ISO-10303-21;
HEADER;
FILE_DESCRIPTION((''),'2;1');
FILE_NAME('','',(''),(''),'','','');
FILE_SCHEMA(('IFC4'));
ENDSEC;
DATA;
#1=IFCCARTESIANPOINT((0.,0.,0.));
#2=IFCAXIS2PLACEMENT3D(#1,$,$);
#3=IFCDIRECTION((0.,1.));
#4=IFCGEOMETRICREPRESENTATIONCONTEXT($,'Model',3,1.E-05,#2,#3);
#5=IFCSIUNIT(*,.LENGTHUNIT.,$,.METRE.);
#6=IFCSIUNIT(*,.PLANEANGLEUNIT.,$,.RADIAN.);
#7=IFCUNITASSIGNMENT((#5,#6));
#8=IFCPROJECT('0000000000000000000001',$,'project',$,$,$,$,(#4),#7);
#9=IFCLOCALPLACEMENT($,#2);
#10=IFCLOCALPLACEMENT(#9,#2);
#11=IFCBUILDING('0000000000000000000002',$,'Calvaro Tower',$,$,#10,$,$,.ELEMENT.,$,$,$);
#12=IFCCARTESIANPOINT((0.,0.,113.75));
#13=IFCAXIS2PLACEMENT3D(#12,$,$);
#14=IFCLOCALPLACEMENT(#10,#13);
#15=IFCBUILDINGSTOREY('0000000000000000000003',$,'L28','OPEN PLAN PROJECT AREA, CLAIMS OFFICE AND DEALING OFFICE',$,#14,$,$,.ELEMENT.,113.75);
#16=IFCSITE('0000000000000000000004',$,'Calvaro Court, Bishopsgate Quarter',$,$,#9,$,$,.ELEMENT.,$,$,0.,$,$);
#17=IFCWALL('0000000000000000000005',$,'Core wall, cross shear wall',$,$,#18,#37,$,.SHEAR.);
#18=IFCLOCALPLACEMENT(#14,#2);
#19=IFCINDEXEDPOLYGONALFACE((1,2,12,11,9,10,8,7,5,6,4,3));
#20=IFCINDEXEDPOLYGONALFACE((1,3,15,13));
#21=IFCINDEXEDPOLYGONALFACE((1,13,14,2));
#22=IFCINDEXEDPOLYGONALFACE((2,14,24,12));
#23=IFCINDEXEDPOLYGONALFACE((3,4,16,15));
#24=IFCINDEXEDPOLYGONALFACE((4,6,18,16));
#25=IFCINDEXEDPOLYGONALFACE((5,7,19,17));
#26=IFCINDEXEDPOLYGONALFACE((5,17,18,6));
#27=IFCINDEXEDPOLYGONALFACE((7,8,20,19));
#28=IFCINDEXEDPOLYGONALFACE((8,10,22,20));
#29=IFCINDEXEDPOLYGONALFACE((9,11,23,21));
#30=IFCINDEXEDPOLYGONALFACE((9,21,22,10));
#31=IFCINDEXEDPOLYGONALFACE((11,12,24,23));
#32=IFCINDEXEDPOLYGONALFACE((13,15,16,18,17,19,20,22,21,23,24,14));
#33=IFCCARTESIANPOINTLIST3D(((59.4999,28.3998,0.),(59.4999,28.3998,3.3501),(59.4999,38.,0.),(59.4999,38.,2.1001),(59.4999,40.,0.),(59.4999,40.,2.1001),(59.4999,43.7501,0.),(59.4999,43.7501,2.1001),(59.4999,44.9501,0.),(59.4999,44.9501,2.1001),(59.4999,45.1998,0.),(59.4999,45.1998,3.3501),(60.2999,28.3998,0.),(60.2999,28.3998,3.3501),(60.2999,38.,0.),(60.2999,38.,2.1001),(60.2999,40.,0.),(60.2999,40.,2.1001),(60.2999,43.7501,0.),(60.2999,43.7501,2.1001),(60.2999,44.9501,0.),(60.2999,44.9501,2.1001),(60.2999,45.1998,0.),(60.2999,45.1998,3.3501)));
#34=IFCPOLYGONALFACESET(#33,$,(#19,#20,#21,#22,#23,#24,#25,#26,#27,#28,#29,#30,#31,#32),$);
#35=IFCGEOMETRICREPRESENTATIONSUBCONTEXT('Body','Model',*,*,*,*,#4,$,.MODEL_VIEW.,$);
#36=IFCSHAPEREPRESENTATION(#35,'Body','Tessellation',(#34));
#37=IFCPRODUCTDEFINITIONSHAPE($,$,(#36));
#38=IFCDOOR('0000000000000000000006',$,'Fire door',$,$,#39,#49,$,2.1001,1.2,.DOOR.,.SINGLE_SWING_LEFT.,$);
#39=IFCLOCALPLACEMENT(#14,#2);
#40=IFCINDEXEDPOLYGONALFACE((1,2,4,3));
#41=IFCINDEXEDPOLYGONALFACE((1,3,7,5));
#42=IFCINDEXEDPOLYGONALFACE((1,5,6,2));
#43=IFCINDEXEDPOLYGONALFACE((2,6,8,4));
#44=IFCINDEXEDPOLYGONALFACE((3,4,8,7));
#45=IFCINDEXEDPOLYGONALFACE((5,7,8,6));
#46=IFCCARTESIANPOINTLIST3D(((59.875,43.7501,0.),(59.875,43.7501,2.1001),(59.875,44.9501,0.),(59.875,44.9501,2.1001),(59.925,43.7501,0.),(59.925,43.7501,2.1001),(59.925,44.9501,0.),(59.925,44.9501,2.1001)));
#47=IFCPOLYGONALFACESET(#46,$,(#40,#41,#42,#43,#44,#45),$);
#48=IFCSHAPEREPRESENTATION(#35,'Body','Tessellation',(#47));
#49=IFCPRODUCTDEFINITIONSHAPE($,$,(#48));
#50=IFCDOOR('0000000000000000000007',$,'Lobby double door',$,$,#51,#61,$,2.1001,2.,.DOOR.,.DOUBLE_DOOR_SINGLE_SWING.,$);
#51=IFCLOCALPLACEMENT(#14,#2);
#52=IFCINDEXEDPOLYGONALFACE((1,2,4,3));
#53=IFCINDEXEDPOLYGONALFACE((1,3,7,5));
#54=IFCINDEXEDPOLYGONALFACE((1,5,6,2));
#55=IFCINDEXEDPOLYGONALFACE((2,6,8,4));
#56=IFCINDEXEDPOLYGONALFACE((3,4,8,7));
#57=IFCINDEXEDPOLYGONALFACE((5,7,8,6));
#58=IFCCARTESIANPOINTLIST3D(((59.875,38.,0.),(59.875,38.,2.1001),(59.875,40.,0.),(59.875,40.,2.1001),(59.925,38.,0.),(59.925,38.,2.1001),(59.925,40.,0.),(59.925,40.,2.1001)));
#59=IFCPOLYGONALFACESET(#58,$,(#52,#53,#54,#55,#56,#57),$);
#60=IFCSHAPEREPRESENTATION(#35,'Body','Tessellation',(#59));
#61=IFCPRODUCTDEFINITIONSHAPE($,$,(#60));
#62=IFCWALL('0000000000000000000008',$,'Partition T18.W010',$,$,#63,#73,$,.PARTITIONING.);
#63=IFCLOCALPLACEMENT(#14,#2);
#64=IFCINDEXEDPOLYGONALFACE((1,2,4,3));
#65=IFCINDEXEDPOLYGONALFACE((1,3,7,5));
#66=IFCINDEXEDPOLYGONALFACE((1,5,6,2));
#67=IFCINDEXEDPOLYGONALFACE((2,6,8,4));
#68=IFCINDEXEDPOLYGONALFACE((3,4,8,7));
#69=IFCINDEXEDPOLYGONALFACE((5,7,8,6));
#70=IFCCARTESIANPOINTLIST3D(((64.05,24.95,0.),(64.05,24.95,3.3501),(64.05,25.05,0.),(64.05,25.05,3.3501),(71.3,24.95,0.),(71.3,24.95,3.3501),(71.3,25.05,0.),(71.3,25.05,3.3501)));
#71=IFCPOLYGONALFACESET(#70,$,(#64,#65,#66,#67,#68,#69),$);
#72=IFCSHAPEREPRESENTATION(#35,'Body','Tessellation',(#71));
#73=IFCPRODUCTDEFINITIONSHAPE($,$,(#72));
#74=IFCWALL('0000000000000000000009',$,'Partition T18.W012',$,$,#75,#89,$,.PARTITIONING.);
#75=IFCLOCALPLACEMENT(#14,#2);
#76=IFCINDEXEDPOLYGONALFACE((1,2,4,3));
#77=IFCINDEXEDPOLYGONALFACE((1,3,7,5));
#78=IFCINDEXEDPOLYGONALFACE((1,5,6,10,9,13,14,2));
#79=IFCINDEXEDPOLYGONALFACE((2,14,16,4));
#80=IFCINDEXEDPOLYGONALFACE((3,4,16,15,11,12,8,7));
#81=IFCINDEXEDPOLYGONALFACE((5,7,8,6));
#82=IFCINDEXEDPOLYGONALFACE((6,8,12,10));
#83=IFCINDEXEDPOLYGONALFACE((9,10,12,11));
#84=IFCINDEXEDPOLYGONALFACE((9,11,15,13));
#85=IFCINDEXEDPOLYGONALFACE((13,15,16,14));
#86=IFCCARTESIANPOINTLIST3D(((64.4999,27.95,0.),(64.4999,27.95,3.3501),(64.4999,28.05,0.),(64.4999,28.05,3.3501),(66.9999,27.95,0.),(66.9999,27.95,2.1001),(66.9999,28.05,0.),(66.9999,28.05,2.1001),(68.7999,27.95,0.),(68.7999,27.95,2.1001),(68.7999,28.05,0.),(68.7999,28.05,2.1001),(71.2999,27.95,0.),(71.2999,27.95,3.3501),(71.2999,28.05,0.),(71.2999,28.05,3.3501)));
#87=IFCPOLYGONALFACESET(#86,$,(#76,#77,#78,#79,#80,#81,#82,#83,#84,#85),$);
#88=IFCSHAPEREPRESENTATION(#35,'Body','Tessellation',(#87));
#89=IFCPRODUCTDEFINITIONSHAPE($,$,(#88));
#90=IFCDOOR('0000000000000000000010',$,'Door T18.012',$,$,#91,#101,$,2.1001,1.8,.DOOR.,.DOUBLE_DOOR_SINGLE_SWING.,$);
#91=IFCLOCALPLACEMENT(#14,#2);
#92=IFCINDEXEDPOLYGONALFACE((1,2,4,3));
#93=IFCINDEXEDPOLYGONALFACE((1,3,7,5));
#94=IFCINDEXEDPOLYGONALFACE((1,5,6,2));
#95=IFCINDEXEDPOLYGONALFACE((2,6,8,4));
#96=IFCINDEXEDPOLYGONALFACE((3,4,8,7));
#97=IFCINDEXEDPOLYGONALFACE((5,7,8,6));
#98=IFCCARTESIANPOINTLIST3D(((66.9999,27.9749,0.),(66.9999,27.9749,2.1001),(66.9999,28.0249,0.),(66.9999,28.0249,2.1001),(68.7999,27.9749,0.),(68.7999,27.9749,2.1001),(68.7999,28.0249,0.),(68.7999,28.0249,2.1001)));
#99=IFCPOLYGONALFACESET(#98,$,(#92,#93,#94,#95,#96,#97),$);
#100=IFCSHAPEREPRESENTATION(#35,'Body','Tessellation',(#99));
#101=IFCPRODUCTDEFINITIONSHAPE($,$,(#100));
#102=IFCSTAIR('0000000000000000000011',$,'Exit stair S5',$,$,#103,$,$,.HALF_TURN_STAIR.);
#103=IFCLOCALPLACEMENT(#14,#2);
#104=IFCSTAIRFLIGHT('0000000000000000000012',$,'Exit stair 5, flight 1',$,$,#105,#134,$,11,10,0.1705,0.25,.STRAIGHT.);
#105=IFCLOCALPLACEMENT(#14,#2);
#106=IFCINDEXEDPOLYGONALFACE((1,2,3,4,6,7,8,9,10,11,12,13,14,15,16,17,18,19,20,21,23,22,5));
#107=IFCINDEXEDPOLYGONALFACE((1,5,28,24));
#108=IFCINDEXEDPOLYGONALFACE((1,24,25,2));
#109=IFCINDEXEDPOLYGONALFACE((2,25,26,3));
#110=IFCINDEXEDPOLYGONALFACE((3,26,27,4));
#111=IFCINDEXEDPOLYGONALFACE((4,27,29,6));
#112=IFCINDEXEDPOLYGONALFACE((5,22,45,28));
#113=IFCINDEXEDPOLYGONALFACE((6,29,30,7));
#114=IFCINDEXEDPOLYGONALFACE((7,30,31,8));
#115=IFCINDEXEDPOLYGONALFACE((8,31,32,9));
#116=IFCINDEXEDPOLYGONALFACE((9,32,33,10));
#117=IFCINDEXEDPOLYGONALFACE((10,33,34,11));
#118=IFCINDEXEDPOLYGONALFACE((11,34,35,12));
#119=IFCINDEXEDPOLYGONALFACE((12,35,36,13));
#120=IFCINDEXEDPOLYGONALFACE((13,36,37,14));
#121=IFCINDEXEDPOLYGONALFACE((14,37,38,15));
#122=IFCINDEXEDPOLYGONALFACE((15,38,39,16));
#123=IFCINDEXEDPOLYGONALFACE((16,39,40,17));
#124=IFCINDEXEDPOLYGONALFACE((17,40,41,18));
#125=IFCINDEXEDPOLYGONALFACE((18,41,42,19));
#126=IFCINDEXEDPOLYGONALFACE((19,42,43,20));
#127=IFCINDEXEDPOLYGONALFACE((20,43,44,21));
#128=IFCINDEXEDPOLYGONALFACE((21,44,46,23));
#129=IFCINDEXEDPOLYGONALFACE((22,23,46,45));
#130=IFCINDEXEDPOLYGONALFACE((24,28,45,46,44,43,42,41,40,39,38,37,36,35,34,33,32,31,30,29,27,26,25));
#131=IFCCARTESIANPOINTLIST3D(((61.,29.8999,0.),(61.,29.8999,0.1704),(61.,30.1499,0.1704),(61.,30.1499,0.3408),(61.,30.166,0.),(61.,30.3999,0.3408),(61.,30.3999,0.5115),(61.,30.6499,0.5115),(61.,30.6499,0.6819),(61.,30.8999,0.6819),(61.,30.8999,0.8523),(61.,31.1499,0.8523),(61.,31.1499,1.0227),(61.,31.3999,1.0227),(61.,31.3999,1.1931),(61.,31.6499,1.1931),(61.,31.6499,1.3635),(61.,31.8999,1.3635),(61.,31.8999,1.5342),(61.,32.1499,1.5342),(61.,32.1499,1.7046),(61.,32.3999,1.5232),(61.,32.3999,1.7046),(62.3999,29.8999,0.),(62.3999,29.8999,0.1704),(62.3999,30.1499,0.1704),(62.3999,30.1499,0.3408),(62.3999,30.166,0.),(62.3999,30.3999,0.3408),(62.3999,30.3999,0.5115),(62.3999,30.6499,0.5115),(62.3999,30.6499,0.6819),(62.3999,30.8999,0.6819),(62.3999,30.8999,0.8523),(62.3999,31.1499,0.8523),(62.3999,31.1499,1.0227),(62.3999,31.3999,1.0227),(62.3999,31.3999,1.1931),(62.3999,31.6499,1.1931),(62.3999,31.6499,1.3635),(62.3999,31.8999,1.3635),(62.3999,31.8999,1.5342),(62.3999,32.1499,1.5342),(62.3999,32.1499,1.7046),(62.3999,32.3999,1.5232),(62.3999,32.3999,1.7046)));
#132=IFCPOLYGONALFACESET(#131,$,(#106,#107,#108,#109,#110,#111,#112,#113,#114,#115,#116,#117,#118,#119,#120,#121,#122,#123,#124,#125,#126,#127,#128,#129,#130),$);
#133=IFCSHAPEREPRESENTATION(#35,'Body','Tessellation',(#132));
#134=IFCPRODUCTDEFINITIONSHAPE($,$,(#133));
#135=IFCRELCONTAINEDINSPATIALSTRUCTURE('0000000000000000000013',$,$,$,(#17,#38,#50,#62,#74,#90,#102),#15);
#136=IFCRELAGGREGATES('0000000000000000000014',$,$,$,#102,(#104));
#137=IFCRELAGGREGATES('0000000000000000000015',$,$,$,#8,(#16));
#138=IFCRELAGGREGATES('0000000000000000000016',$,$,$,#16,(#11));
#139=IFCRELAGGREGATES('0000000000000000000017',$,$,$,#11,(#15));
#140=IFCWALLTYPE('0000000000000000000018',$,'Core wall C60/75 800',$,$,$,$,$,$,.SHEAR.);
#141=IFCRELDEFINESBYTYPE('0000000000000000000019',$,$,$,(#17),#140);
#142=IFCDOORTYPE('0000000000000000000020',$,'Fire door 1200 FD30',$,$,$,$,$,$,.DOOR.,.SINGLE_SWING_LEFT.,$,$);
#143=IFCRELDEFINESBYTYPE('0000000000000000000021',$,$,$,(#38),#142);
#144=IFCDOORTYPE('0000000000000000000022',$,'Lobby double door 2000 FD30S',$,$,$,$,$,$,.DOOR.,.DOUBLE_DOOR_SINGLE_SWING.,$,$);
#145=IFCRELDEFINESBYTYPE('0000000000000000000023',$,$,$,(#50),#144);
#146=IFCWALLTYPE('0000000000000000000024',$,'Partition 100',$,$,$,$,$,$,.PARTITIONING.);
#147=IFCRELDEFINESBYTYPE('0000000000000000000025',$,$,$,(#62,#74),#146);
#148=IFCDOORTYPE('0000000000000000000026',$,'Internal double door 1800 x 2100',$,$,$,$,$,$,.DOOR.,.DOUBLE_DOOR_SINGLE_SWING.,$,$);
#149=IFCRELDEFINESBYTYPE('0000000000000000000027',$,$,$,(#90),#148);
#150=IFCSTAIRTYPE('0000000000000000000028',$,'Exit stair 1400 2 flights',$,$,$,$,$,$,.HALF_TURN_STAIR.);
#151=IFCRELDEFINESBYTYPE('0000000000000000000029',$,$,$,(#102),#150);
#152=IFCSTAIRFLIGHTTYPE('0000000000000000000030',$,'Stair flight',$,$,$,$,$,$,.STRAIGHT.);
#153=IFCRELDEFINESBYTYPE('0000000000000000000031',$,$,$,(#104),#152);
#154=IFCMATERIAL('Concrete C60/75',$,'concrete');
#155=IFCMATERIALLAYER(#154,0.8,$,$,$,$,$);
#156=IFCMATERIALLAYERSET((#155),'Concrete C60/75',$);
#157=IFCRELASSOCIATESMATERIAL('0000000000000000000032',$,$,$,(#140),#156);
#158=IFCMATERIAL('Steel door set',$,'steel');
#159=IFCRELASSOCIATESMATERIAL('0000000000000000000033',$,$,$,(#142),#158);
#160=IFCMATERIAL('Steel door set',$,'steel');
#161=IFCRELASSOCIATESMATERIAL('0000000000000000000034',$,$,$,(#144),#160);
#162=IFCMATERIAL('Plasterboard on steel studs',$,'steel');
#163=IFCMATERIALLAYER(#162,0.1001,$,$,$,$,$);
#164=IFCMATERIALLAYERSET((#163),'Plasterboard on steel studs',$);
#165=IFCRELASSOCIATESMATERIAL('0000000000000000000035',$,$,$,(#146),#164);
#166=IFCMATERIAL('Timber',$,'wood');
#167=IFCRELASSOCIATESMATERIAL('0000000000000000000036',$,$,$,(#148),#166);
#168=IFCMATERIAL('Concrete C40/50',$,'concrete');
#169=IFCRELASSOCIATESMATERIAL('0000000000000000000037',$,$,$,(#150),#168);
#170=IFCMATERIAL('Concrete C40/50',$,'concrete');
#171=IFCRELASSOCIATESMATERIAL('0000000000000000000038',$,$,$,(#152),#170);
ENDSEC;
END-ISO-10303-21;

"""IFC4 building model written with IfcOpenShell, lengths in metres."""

from ifc_helpers import new_model, si_unit, direction, frame, frame_2d, origin, place, context, subcontext, project, spatial, polyline, rectangle, outline, extrude, material, layer, layer_set, type_object, element, fill, aggregate, save


model = new_model("IFC4")

# Units and contexts
model_context = context("Model", 3, precision=1e-05, world=origin(), true_north=direction((0.0, 1.0)))
body_context = subcontext(model_context, "Body", "Model", "MODEL_VIEW")
ifc_project = project(units=[si_unit("LENGTHUNIT", "METRE"), si_unit("PLANEANGLEUNIT", "RADIAN")], contexts=[model_context])

# Site, building, storey
site_placement = place(None, origin())
site = spatial("IfcSite", under=ifc_project, at=site_placement, Name="Calvaro Court, Bishopsgate Quarter", CompositionType="ELEMENT", RefElevation=0.0)
building_placement = place(site_placement, origin())
building = spatial("IfcBuilding", under=site, at=building_placement, Name="Calvaro Tower", CompositionType="ELEMENT")
storey_placement = place(building_placement, frame((0.0, 0.0, 113.75)))
storey = spatial("IfcBuildingStorey", under=building, at=storey_placement, Name="L28", Description="OPEN PLAN PROJECT AREA, CLAIMS OFFICE AND DEALING OFFICE", CompositionType="ELEMENT", Elevation=113.75)

# Wall, openings, doors
ifc_material_1 = material(Name="Concrete C60/75", Category="concrete")
ifc_layer_1 = layer(ifc_material_1, 0.8)
ifc_layer_set_1 = layer_set([ifc_layer_1], Name="Concrete C60/75")
wall_type_1 = type_object("IfcWallType", Name="Core wall C60/75 800", PredefinedType="SHEAR", material=ifc_layer_set_1)
wall_1_placement = place(storey_placement, frame((59.8999, 28.3999, 0.0), z_axis=(0.0, 0.0, 1.0), x_axis=(0.0, 1.0, 0.0)))
wall_1 = element("IfcWall", 1, at=wall_1_placement, inside=storey, type_object=wall_type_1, Name="Core wall, cross shear wall", PredefinedType="SHEAR", context=body_context, shape_type="SweptSolid", body=[
    extrude(rectangle(XDim=16.8, YDim=0.8, at=frame_2d((8.3999, 0.0))), origin(), (0.0, 0.0, 1.0), 3.3501),
])
opening_1_placement = place(wall_1_placement, frame((9.6001, 0.0, 0.0)))
opening_1 = element("IfcOpeningElement", 2, at=opening_1_placement, cuts=wall_1, PredefinedType="OPENING", context=body_context, shape_type="SweptSolid", body=[
    extrude(rectangle(XDim=2.0, YDim=2.1001, at=frame_2d((1.0, 1.05))), frame((0.0, 0.4099, 0.0), z_axis=(0.0, -1.0, 0.0), x_axis=(1.0, 0.0, 0.0)), (0.0, 0.0, 1.0), 0.8201),
])
opening_2_placement = place(wall_1_placement, frame((15.3501, 0.0, 0.0)))
opening_2 = element("IfcOpeningElement", 3, at=opening_2_placement, cuts=wall_1, PredefinedType="OPENING", context=body_context, shape_type="SweptSolid", body=[
    extrude(rectangle(XDim=1.2, YDim=2.1001, at=frame_2d((0.6001, 1.05))), frame((0.0, 0.4099, 0.0), z_axis=(0.0, -1.0, 0.0), x_axis=(1.0, 0.0, 0.0)), (0.0, 0.0, 1.0), 0.8201),
])
ifc_material_2 = material(Name="Steel door set", Category="steel")
door_type_1 = type_object("IfcDoorType", Name="Fire door 1200 FD30", OperationType="SINGLE_SWING_LEFT", PredefinedType="DOOR", material=ifc_material_2)
door_1_placement = place(opening_2_placement, origin())
door_1 = element("IfcDoor", 4, at=door_1_placement, inside=storey, type_object=door_type_1, Name="Fire door", OperationType="SINGLE_SWING_LEFT", OverallHeight=2.1001, OverallWidth=1.2, PredefinedType="DOOR", context=body_context, shape_type="SweptSolid", body=[
    extrude(rectangle(XDim=1.2, YDim=2.1001, at=frame_2d((0.6001, 1.05))), frame((0.0, 0.0249, 0.0), z_axis=(0.0, -1.0, 0.0), x_axis=(1.0, 0.0, 0.0)), (0.0, 0.0, 1.0), 0.05),
])
fill(opening_2, door_1)
ifc_material_3 = material(Name="Steel door set", Category="steel")
door_type_2 = type_object("IfcDoorType", Name="Lobby double door 2000 FD30S", OperationType="DOUBLE_DOOR_SINGLE_SWING", PredefinedType="DOOR", material=ifc_material_3)
door_2_placement = place(opening_1_placement, origin())
door_2 = element("IfcDoor", 5, at=door_2_placement, inside=storey, type_object=door_type_2, Name="Lobby double door", OperationType="DOUBLE_DOOR_SINGLE_SWING", OverallHeight=2.1001, OverallWidth=2.0, PredefinedType="DOOR", context=body_context, shape_type="SweptSolid", body=[
    extrude(rectangle(XDim=2.0, YDim=2.1001, at=frame_2d((1.0, 1.05))), frame((0.0, 0.0249, 0.0), z_axis=(0.0, -1.0, 0.0), x_axis=(1.0, 0.0, 0.0)), (0.0, 0.0, 1.0), 0.05),
])
fill(opening_1, door_2)

# Wall
ifc_material_4 = material(Name="Plasterboard on steel studs", Category="steel")
ifc_layer_2 = layer(ifc_material_4, 0.1001)
ifc_layer_set_2 = layer_set([ifc_layer_2], Name="Plasterboard on steel studs")
wall_type_2 = type_object("IfcWallType", Name="Partition 100", PredefinedType="PARTITIONING", material=ifc_layer_set_2)
wall_2_placement = place(storey_placement, frame((64.05, 25.0, 0.0), z_axis=(0.0, 0.0, 1.0), x_axis=(1.0, 0.0, 0.0)))
element("IfcWall", 6, at=wall_2_placement, inside=storey, type_object=wall_type_2, Name="Partition T18.W010", PredefinedType="PARTITIONING", context=body_context, shape_type="SweptSolid", body=[
    extrude(rectangle(XDim=7.25, YDim=0.1001, at=frame_2d((3.625, 0.0))), origin(), (0.0, 0.0, 1.0), 3.3501),
])

# Wall, opening, door
wall_3_placement = place(storey_placement, frame((64.5, 28.0, 0.0), z_axis=(0.0, 0.0, 1.0), x_axis=(1.0, 0.0, 0.0)))
wall_3 = element("IfcWall", 7, at=wall_3_placement, inside=storey, type_object=wall_type_2, Name="Partition T18.W012", PredefinedType="PARTITIONING", context=body_context, shape_type="SweptSolid", body=[
    extrude(rectangle(XDim=6.8, YDim=0.1001, at=frame_2d((3.3999, 0.0))), origin(), (0.0, 0.0, 1.0), 3.3501),
])
opening_3_placement = place(wall_3_placement, frame((2.5, 0.0, 0.0)))
opening_3 = element("IfcOpeningElement", 8, at=opening_3_placement, cuts=wall_3, PredefinedType="OPENING", context=body_context, shape_type="SweptSolid", body=[
    extrude(rectangle(XDim=1.8, YDim=2.1001, at=frame_2d((0.8999, 1.05))), frame((0.0, 0.0601, 0.0), z_axis=(0.0, -1.0, 0.0), x_axis=(1.0, 0.0, 0.0)), (0.0, 0.0, 1.0), 0.1201),
])
ifc_material_5 = material(Name="Timber", Category="wood")
door_type_3 = type_object("IfcDoorType", Name="Internal double door 1800 x 2100", OperationType="DOUBLE_DOOR_SINGLE_SWING", PredefinedType="DOOR", material=ifc_material_5)
door_3_placement = place(opening_3_placement, origin())
door_3 = element("IfcDoor", 9, at=door_3_placement, inside=storey, type_object=door_type_3, Name="Door T18.012", OperationType="DOUBLE_DOOR_SINGLE_SWING", OverallHeight=2.1001, OverallWidth=1.8, PredefinedType="DOOR", context=body_context, shape_type="SweptSolid", body=[
    extrude(rectangle(XDim=1.8, YDim=2.1001, at=frame_2d((0.8999, 1.05))), frame((0.0, 0.0249, 0.0), z_axis=(0.0, -1.0, 0.0), x_axis=(1.0, 0.0, 0.0)), (0.0, 0.0, 1.0), 0.05),
])
fill(opening_3, door_3)

# Stair, stair flight
ifc_material_6 = material(Name="Concrete C40/50", Category="concrete")
stair_type = type_object("IfcStairType", Name="Exit stair 1400 2 flights", PredefinedType="HALF_TURN_STAIR", material=ifc_material_6)
stair_1_placement = place(storey_placement, origin())
stair_1 = element("IfcStair", 10, at=stair_1_placement, inside=storey, type_object=stair_type, Name="Exit stair S5", PredefinedType="HALF_TURN_STAIR")
ifc_material_7 = material(Name="Concrete C40/50", Category="concrete")
stair_flight_type = type_object("IfcStairFlightType", Name="Stair flight", PredefinedType="STRAIGHT", material=ifc_material_7)
stair_flight_placement = place(storey_placement, frame((61.7, 29.8999, 0.0), z_axis=(0.0, 0.0, 1.0), x_axis=(0.0, 1.0, 0.0)))
stair_flight = element("IfcStairFlight", 11, at=stair_flight_placement, type_object=stair_flight_type, Name="Exit stair 5, flight 1", NumberOfRisers=11, NumberOfTreads=10, PredefinedType="STRAIGHT", RiserHeight=0.1705, TreadLength=0.25, context=body_context, shape_type="SweptSolid", body=[
    extrude(outline(polyline([(0.0, 0.0), (0.0, 0.1704), (0.25, 0.1704), (0.25, 0.3408), (0.5, 0.3408), (0.5, 0.5115), (0.75, 0.5115), (0.75, 0.6819), (1.0, 0.6819), (1.0, 0.8523), (1.25, 0.8523), (1.25, 1.0227), (1.5, 1.0227), (1.5, 1.1931), (1.75, 1.1931), (1.75, 1.3635), (2.0, 1.3635), (2.0, 1.5342), (2.25, 1.5342), (2.25, 1.7046), (2.5, 1.7046), (2.5, 1.875), (2.5, 1.5232), (0.2661, 0.0), (0.0, 0.0)])), frame((0.0, 0.7, 0.0), z_axis=(0.0, -1.0, 0.0), x_axis=(1.0, 0.0, 0.0)), (0.0, 0.0, 1.0), 1.3999),
])

aggregate(stair_1, [stair_flight])

save(model, "model.ifc")
